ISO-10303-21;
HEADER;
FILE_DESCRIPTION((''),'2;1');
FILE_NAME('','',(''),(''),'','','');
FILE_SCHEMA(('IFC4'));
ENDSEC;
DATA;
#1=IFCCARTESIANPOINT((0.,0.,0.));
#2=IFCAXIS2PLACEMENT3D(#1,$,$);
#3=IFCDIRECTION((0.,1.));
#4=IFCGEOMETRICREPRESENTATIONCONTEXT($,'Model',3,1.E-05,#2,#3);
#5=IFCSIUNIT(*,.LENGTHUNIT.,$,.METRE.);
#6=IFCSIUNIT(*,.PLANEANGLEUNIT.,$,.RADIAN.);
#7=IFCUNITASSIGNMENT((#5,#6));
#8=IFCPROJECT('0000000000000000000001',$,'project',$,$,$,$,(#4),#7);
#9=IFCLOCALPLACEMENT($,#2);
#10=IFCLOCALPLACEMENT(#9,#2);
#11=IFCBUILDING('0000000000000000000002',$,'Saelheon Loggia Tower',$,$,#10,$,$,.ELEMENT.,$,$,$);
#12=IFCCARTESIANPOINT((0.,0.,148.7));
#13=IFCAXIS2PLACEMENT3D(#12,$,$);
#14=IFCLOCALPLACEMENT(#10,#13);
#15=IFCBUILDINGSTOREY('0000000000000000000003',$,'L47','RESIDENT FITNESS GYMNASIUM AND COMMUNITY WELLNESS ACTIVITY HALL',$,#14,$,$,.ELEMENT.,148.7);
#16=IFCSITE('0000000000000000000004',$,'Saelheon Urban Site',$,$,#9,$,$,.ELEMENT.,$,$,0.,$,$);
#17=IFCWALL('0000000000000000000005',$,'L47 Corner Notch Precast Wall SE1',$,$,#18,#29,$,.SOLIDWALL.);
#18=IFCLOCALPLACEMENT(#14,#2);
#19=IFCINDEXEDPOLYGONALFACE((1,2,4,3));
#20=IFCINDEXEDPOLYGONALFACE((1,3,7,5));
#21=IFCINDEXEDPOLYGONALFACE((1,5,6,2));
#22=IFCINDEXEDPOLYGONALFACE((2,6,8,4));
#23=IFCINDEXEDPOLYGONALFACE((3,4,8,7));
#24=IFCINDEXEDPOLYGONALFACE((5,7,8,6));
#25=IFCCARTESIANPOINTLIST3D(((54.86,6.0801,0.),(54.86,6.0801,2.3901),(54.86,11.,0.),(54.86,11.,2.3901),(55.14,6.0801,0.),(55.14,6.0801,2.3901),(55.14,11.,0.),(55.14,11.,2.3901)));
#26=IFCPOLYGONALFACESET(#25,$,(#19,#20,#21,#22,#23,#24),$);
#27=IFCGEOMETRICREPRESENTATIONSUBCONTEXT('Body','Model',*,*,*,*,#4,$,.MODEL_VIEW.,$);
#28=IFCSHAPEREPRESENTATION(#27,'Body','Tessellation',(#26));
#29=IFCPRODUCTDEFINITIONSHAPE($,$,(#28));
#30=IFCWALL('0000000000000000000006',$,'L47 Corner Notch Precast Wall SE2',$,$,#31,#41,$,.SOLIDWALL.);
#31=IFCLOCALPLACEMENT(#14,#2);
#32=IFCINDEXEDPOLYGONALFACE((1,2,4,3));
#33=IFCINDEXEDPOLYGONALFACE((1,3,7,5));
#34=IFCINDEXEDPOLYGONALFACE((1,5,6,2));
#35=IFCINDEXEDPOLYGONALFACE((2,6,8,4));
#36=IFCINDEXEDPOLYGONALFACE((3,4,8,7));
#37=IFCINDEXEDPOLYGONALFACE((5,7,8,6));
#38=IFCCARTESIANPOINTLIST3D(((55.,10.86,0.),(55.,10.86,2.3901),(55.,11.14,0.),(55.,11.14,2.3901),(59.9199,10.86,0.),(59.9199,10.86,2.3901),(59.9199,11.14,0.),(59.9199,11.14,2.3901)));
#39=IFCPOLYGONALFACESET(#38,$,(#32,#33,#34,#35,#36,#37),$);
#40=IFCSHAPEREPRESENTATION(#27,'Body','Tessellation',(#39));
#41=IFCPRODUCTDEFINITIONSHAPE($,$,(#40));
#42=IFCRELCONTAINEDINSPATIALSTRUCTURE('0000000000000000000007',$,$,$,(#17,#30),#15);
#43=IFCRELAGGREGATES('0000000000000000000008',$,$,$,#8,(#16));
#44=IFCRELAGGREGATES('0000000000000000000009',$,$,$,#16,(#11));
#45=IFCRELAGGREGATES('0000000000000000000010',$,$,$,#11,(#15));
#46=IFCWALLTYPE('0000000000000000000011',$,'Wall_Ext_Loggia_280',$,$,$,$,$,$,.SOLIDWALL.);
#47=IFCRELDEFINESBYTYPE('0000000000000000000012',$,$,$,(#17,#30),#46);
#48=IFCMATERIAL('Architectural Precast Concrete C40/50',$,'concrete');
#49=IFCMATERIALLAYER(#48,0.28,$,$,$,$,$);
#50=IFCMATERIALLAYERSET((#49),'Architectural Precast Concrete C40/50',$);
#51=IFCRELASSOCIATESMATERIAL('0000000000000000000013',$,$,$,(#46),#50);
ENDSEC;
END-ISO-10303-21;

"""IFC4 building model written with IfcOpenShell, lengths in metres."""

from ifc_helpers import new_model, si_unit, direction, frame, frame_2d, origin, place, context, subcontext, project, spatial, rectangle, extrude, material, layer, layer_set, type_object, element, save


model = new_model("IFC4")

# Units and contexts
model_context = context("Model", 3, precision=1e-05, world=origin(), true_north=direction((0.0, 1.0)))
body_context = subcontext(model_context, "Body", "Model", "MODEL_VIEW")
ifc_project = project(units=[si_unit("LENGTHUNIT", "METRE"), si_unit("PLANEANGLEUNIT", "RADIAN")], contexts=[model_context])

# Site, building, storey
site_placement = place(None, origin())
site = spatial("IfcSite", under=ifc_project, at=site_placement, Name="Saelheon Urban Site", CompositionType="ELEMENT", RefElevation=0.0)
building_placement = place(site_placement, origin())
building = spatial("IfcBuilding", under=site, at=building_placement, Name="Saelheon Loggia Tower", CompositionType="ELEMENT")
storey_placement = place(building_placement, frame((0.0, 0.0, 148.7)))
storey = spatial("IfcBuildingStorey", under=building, at=storey_placement, Name="L47", Description="RESIDENT FITNESS GYMNASIUM AND COMMUNITY WELLNESS ACTIVITY HALL", CompositionType="ELEMENT", Elevation=148.7)

# Shared definitions
ifc_material_1 = material(Name="Architectural Precast Concrete C40/50", Category="concrete")
ifc_layer = layer(ifc_material_1, 0.28)
ifc_layer_set = layer_set([ifc_layer], Name="Architectural Precast Concrete C40/50")
wall_type = type_object("IfcWallType", Name="Wall_Ext_Loggia_280", PredefinedType="SOLIDWALL", material=ifc_layer_set)

# Walls
for number, where, z_axis, x_axis, name in (
    (1, (55.0, 6.0801, 0.0), (0.0, 0.0, 1.0), (0.0, 1.0, 0.0), "L47 Corner Notch Precast Wall SE1"),
    (2, (55.0, 11.0, 0.0), (0.0, 0.0, 1.0), (1.0, 0.0, 0.0), "L47 Corner Notch Precast Wall SE2"),
):
    element("IfcWall", number, at=place(storey_placement, frame(where, z_axis=z_axis, x_axis=x_axis)), inside=storey, type_object=wall_type, Name=name, PredefinedType="SOLIDWALL", context=body_context, shape_type="SweptSolid", body=[
        extrude(rectangle(XDim=4.9199, YDim=0.28, at=frame_2d((2.46, 0.0))), origin(), (0.0, 0.0, 1.0), 2.3901),
    ])

save(model, "model.ifc")
